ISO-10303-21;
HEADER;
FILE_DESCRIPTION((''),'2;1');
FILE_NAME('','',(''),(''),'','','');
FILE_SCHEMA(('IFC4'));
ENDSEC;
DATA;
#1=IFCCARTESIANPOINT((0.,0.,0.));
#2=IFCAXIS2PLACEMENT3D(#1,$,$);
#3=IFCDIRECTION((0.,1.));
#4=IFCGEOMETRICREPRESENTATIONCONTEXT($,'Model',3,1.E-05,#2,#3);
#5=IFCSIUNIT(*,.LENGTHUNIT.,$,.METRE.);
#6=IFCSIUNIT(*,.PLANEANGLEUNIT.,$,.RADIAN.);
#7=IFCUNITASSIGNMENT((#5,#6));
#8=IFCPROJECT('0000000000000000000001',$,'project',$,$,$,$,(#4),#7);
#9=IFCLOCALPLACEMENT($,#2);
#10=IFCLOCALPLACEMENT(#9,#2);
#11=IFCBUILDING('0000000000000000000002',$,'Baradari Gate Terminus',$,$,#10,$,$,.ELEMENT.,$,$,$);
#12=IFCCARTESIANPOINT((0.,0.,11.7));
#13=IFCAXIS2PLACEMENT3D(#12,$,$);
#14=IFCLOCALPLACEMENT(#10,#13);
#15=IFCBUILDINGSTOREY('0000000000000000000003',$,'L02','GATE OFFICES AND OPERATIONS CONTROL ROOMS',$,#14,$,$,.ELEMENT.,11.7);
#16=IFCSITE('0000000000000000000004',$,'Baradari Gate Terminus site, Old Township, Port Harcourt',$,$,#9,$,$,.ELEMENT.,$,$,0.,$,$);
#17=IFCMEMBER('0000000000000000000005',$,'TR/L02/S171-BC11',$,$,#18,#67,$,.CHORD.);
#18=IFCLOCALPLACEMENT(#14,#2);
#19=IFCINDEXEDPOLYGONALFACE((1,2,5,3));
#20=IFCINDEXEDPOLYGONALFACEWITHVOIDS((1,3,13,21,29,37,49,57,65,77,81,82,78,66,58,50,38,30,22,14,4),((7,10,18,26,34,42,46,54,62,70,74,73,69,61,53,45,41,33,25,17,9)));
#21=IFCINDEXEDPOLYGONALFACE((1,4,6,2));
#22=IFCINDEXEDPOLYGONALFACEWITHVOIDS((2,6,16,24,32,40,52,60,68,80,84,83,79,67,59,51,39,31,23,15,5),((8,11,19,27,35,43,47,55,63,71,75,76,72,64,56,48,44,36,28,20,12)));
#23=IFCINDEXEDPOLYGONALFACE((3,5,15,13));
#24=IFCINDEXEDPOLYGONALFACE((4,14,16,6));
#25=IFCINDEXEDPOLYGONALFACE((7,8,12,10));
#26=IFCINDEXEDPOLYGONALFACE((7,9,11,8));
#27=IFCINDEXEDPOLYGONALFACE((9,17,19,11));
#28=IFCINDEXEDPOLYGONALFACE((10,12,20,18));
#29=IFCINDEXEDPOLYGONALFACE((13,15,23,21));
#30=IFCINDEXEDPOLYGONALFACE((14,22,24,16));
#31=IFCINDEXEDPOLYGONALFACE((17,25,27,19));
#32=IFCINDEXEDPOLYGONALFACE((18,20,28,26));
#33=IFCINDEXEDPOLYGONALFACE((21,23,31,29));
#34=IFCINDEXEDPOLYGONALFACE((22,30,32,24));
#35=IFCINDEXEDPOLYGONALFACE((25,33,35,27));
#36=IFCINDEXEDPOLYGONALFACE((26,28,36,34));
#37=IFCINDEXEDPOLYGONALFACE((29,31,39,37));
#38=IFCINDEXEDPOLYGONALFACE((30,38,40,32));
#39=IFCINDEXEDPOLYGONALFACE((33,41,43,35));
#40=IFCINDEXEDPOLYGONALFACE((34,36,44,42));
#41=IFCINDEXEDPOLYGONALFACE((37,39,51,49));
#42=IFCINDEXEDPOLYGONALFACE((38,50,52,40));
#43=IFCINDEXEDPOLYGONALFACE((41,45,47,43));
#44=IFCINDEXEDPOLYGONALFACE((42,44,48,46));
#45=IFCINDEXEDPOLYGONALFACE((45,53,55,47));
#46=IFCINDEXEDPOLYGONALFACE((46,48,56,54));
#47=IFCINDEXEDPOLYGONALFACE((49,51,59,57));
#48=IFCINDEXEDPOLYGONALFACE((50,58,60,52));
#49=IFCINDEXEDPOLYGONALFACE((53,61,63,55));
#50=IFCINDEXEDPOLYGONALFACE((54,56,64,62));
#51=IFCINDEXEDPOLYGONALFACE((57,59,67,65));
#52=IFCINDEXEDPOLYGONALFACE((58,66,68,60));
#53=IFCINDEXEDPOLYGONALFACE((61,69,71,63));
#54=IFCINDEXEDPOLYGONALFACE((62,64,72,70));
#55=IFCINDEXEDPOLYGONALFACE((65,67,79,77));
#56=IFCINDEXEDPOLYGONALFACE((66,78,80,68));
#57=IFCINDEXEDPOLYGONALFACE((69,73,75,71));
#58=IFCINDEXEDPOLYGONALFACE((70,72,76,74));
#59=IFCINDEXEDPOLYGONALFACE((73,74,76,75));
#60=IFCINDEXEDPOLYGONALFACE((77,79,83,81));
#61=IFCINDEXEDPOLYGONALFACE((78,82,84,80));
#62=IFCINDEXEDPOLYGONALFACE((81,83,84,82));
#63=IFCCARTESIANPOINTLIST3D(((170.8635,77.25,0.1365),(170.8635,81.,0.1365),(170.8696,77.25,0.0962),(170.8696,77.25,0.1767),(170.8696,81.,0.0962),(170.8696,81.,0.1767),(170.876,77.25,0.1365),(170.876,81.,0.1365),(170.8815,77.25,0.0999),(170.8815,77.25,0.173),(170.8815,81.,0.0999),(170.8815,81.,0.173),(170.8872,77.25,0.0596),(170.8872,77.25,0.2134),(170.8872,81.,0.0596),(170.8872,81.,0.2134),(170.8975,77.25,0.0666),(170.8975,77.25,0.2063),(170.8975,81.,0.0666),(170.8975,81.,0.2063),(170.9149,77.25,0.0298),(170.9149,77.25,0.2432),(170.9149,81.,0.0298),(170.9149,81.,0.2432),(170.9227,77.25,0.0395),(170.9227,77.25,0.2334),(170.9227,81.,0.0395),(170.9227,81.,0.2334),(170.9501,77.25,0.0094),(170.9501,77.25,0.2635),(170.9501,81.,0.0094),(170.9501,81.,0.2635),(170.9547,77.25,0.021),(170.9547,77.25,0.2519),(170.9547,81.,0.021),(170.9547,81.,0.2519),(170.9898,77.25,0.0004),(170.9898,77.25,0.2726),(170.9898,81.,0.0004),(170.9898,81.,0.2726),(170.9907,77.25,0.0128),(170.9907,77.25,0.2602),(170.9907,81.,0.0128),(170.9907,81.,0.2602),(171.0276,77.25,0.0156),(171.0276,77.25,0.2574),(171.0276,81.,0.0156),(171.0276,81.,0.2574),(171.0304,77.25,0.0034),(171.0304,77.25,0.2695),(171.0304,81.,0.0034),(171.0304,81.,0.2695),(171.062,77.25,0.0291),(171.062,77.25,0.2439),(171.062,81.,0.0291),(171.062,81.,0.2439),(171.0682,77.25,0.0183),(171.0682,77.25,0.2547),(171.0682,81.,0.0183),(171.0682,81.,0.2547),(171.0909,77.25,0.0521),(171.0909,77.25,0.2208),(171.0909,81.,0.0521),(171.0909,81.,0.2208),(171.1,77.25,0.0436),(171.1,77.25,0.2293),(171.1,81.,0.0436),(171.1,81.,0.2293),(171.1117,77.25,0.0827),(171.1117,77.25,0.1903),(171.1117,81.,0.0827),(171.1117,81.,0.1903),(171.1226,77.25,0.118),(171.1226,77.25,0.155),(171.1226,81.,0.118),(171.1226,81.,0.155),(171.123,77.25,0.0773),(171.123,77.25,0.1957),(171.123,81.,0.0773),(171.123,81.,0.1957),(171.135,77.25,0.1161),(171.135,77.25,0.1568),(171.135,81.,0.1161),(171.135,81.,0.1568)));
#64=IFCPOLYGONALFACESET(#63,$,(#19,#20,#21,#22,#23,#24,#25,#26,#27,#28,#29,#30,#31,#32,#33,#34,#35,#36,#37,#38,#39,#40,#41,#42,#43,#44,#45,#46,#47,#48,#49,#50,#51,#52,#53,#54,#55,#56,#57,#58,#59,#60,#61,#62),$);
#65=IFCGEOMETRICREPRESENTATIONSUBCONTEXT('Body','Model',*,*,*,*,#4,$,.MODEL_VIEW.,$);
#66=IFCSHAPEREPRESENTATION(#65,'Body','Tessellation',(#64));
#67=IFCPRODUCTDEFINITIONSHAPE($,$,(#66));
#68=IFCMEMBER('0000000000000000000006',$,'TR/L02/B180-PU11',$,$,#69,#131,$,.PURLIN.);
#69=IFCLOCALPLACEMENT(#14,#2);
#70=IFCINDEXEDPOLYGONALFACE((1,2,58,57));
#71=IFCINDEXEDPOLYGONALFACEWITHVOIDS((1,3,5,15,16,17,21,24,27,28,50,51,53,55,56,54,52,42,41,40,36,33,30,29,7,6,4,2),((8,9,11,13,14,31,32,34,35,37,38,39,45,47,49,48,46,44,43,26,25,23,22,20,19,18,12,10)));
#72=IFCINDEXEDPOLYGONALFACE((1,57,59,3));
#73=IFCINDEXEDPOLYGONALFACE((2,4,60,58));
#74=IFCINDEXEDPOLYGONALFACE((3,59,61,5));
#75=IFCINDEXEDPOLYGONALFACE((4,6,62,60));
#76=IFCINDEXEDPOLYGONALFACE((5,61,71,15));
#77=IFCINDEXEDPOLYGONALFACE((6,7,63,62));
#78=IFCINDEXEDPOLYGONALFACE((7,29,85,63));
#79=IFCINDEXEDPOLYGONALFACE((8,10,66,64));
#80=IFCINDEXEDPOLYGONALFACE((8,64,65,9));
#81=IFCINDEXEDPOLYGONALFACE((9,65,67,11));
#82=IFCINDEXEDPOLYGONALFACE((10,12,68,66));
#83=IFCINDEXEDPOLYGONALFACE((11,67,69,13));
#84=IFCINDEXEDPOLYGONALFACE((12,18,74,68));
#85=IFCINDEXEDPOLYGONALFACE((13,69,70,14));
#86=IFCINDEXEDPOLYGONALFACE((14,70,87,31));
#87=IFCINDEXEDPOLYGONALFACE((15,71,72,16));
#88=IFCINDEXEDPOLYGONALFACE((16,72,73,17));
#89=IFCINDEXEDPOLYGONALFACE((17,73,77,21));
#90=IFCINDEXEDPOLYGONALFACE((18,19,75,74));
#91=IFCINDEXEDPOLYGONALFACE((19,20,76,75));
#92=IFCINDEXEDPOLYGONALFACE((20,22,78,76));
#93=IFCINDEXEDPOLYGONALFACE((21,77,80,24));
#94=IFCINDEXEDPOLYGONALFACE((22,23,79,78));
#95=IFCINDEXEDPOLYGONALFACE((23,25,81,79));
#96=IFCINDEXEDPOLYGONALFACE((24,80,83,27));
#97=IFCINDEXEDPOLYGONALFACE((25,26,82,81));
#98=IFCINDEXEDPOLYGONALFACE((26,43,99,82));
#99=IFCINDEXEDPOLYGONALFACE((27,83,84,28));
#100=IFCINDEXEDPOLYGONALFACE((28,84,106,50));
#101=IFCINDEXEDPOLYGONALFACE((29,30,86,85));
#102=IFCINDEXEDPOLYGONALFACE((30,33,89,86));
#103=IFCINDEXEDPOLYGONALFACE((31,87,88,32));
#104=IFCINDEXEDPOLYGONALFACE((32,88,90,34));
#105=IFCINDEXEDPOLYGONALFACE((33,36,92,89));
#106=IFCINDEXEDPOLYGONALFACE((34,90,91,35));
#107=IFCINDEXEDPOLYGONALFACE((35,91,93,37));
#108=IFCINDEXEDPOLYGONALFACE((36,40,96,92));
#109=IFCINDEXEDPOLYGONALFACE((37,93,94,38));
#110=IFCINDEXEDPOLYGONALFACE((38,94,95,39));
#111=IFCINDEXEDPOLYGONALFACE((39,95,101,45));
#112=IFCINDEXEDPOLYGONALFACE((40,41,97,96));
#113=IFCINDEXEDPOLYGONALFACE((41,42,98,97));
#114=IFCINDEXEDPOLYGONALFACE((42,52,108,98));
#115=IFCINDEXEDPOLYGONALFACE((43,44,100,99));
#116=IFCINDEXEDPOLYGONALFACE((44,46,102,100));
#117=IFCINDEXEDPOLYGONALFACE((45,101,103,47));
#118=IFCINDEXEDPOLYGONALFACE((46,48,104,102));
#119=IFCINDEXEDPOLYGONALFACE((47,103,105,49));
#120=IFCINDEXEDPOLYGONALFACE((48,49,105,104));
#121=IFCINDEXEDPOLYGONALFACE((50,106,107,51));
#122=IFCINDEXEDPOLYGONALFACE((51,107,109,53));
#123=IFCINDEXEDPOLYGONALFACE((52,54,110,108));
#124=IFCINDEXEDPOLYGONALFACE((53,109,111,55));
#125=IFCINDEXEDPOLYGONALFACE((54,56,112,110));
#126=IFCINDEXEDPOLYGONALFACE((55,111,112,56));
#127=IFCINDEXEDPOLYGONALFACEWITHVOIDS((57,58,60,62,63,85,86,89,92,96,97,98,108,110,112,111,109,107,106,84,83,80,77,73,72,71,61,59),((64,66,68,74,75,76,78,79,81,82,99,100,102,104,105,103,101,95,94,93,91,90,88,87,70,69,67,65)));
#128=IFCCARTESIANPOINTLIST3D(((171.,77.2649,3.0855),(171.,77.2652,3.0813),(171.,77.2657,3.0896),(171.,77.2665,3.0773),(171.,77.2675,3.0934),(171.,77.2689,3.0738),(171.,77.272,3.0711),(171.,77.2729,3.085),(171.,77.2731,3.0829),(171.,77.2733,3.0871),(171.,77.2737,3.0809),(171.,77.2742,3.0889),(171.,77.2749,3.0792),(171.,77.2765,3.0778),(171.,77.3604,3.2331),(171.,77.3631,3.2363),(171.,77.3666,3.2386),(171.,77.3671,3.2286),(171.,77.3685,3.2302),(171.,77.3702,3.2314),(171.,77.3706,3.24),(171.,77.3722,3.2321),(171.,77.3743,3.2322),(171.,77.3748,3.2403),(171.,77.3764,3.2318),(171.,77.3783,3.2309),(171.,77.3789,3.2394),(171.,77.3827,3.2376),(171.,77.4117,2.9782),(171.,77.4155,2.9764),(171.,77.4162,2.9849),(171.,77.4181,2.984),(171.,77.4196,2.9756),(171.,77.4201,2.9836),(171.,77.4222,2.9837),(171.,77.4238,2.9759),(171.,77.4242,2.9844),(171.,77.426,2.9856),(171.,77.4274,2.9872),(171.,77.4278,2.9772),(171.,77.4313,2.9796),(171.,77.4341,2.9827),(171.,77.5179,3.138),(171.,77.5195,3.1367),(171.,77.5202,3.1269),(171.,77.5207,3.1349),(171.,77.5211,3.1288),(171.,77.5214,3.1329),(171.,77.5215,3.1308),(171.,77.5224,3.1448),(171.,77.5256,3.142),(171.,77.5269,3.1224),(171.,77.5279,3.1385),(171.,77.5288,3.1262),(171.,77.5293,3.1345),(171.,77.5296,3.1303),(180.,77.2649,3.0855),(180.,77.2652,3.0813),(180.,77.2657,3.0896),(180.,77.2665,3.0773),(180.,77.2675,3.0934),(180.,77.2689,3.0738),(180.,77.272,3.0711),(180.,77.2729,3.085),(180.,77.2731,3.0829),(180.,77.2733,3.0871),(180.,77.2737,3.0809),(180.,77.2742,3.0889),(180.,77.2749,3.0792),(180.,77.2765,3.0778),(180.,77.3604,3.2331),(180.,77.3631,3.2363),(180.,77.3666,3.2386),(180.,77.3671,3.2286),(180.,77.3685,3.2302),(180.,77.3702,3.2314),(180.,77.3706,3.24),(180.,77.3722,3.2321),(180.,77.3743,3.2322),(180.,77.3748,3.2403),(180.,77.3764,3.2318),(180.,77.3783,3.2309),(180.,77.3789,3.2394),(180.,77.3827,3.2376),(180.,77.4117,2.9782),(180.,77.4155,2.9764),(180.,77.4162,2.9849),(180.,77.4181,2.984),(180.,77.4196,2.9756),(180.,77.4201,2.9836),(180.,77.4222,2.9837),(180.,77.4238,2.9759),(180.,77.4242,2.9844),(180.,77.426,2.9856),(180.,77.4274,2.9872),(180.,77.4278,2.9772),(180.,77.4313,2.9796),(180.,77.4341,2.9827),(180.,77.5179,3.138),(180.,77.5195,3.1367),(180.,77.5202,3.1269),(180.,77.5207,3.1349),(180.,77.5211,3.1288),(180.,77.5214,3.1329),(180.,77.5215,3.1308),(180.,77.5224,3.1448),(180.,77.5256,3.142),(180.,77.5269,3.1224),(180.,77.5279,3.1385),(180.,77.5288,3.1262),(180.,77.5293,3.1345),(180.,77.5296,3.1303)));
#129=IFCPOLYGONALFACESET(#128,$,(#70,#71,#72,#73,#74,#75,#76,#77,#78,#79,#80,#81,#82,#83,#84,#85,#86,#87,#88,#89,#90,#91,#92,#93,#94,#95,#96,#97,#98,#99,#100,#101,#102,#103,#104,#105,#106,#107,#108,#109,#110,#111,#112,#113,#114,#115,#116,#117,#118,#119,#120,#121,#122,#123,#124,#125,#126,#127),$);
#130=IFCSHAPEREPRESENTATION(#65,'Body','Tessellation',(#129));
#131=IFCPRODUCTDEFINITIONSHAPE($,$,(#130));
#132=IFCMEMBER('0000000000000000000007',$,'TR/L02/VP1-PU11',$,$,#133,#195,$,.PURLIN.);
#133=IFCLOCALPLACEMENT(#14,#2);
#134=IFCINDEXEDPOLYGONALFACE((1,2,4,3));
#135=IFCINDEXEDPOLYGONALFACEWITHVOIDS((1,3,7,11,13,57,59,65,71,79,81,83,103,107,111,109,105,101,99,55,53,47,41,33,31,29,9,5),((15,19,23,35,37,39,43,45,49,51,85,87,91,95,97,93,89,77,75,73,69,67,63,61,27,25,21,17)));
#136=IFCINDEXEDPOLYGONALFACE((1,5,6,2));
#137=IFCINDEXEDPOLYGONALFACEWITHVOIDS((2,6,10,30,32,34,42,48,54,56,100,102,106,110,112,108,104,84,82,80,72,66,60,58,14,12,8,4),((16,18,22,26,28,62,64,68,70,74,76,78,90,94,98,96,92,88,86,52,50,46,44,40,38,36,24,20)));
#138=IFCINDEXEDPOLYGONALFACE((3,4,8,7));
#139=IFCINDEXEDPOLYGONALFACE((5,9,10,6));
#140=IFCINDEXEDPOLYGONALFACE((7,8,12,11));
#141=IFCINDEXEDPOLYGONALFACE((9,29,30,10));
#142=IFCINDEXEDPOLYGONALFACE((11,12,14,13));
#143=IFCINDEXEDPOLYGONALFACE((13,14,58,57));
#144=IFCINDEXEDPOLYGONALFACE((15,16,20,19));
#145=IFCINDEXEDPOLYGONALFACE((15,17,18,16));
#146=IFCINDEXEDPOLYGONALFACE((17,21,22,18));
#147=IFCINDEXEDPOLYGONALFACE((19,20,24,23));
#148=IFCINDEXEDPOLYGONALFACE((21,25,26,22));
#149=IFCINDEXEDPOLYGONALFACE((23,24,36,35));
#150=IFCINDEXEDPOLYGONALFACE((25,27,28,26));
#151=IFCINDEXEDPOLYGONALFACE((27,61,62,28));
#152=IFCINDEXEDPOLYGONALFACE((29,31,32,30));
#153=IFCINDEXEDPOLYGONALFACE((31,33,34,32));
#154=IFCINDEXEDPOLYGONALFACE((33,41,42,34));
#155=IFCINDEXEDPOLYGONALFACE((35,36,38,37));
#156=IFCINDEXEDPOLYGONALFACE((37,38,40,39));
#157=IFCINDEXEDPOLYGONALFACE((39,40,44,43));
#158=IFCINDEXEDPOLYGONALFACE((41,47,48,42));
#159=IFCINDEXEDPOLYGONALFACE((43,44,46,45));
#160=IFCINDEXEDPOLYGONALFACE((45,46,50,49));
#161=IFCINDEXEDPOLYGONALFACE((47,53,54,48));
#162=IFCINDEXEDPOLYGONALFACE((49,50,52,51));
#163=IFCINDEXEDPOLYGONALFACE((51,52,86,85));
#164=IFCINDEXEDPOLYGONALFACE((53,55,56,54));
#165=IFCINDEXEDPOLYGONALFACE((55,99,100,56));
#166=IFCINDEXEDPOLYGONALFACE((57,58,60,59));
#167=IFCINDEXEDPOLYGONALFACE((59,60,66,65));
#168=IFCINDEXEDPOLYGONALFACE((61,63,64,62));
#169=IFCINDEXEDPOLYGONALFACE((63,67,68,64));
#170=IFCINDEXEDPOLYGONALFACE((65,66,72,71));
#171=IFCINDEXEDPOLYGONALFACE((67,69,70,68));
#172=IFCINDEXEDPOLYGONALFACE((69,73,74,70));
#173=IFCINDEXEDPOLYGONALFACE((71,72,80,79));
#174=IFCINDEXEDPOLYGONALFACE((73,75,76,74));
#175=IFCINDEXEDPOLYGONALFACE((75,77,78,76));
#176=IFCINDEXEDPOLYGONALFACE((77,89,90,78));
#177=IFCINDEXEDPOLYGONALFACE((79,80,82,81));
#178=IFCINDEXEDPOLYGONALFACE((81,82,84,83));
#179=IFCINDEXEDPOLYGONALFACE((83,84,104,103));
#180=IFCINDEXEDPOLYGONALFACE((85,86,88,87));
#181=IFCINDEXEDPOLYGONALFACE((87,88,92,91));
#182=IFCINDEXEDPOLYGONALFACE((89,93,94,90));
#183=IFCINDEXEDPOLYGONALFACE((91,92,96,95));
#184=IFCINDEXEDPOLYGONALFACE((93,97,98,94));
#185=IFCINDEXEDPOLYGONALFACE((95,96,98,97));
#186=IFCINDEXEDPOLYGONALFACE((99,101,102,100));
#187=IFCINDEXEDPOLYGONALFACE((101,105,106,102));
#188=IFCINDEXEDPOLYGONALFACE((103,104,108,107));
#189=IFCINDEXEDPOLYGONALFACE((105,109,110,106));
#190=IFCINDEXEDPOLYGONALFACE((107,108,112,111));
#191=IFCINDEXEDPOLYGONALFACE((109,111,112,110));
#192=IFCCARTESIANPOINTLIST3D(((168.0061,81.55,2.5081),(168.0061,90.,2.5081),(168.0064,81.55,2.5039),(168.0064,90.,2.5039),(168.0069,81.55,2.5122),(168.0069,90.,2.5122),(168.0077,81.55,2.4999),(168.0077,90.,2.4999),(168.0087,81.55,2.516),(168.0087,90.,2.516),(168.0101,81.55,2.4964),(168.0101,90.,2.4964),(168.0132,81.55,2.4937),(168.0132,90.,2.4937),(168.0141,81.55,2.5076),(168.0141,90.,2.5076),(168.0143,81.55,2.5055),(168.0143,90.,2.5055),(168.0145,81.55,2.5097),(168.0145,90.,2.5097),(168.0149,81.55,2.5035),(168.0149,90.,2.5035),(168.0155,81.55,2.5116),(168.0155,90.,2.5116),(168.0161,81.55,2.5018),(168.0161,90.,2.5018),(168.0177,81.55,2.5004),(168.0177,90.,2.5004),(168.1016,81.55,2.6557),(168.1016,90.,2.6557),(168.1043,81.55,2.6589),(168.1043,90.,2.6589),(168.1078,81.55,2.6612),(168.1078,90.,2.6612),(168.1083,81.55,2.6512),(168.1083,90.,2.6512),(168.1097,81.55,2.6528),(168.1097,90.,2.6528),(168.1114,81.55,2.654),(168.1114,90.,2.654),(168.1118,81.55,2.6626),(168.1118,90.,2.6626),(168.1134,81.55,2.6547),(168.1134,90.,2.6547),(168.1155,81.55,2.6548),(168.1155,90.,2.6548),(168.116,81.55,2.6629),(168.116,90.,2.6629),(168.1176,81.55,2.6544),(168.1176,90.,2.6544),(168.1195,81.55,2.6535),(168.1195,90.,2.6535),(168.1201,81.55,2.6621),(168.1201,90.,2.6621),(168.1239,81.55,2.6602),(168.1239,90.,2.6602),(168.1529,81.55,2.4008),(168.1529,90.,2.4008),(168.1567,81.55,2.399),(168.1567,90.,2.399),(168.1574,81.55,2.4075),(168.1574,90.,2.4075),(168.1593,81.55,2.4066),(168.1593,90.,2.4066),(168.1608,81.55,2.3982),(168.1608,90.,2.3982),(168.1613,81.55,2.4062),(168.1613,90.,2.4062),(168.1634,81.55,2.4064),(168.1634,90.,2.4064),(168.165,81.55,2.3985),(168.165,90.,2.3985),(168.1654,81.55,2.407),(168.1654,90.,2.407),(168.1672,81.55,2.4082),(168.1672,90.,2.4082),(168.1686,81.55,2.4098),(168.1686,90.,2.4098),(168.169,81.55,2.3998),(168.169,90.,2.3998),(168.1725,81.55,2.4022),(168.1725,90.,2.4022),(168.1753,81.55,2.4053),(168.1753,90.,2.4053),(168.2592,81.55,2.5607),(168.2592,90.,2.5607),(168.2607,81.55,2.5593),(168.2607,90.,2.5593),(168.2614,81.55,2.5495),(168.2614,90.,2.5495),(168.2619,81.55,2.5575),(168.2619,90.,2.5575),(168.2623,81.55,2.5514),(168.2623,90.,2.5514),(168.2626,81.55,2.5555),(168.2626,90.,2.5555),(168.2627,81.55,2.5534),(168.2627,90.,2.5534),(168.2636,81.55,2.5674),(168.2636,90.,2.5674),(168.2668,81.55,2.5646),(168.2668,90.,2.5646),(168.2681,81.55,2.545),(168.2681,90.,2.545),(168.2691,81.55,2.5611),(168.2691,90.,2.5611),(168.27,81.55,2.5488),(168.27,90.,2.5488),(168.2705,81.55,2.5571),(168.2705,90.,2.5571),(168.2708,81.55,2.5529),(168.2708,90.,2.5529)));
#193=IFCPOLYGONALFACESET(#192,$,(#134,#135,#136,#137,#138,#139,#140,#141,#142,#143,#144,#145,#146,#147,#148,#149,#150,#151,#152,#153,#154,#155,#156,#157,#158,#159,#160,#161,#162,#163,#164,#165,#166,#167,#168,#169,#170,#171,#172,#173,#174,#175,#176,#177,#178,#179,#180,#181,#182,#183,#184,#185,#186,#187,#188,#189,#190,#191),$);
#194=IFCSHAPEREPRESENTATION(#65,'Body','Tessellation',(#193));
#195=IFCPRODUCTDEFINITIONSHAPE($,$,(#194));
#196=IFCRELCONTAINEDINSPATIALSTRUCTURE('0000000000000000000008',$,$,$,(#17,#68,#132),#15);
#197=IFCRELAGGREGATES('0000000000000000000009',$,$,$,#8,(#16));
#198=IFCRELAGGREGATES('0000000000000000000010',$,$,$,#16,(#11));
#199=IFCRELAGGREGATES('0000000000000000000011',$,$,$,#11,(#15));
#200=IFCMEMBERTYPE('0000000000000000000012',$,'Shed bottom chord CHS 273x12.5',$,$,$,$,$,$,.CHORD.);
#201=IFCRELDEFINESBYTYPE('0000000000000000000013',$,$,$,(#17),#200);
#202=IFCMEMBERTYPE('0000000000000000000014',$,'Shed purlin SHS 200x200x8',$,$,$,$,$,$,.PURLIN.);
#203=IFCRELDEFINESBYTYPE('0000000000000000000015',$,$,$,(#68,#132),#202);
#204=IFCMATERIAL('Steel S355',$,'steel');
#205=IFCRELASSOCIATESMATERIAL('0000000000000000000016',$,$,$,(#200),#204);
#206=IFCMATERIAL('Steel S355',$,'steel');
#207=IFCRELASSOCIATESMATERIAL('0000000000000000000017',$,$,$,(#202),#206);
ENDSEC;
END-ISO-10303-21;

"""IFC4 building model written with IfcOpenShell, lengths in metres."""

from ifc_helpers import new_model, si_unit, direction, frame, origin, origin_2d, place, context, subcontext, project, spatial, hollow_rectangle, hollow_circle, extrude, material, material_profile, profile_set, type_object, element, save


model = new_model("IFC4")

# Units and contexts
model_context = context("Model", 3, precision=1e-05, world=origin(), true_north=direction((0.0, 1.0)))
body_context = subcontext(model_context, "Body", "Model", "MODEL_VIEW")
ifc_project = project(units=[si_unit("LENGTHUNIT", "METRE"), si_unit("PLANEANGLEUNIT", "RADIAN")], contexts=[model_context])

# Site, building, storey
site_placement = place(None, origin())
site = spatial("IfcSite", under=ifc_project, at=site_placement, Name="Baradari Gate Terminus site, Old Township, Port Harcourt", CompositionType="ELEMENT", RefElevation=0.0)
building_placement = place(site_placement, origin())
building = spatial("IfcBuilding", under=site, at=building_placement, Name="Baradari Gate Terminus", CompositionType="ELEMENT")
storey_placement = place(building_placement, frame((0.0, 0.0, 11.7)))
storey = spatial("IfcBuildingStorey", under=building, at=storey_placement, Name="L02", Description="GATE OFFICES AND OPERATIONS CONTROL ROOMS", CompositionType="ELEMENT", Elevation=11.7)

# Members
ifc_material_1 = material(Name="Steel S355", Category="steel")
ifc_material_profile_1 = material_profile(ifc_material_1, hollow_circle(Radius=0.1365, WallThickness=0.0125, at=origin_2d()), Name="CHS 273x12.5")
ifc_profile_set_1 = profile_set([ifc_material_profile_1], Name="Steel S355")
member_type_1 = type_object("IfcMemberType", Name="Shed bottom chord CHS 273x12.5", PredefinedType="CHORD", material=ifc_profile_set_1)
member_1_placement = place(storey_placement, frame((171.0, 77.25, 0.1365), z_axis=(0.0, 1.0, 0.0), x_axis=(-1.0, 0.0, 0.0)))
element("IfcMember", 1, at=member_1_placement, inside=storey, type_object=member_type_1, Name="TR/L02/S171-BC11", PredefinedType="CHORD", context=body_context, shape_type="SweptSolid", body=[
    extrude(hollow_circle(Radius=0.1365, WallThickness=0.0125, at=origin_2d()), origin(), (0.0, 0.0, 1.0), 3.75),
])
ifc_material_2 = material(Name="Steel S355", Category="steel")
ifc_material_profile_2 = material_profile(ifc_material_2, hollow_rectangle(XDim=0.2, YDim=0.2, WallThickness=0.0081, InnerFilletRadius=0.0081, OuterFilletRadius=0.0161, at=origin_2d()), Name="SHS 200x200x8")
ifc_profile_set_2 = profile_set([ifc_material_profile_2], Name="Steel S355")
member_type_2 = type_object("IfcMemberType", Name="Shed purlin SHS 200x200x8", PredefinedType="PURLIN", material=ifc_profile_set_2)
member_2_placement = place(storey_placement, frame((171.0, 77.3972, 3.1079), z_axis=(1.0, 0.0, 0.0), x_axis=(0.0, 0.832836, -0.553519)))
element("IfcMember", 2, at=member_2_placement, inside=storey, type_object=member_type_2, Name="TR/L02/B180-PU11", PredefinedType="PURLIN", context=body_context, shape_type="SweptSolid", body=[
    extrude(hollow_rectangle(XDim=0.2, YDim=0.2, WallThickness=0.0081, InnerFilletRadius=0.0081, OuterFilletRadius=0.0161, at=origin_2d()), origin(), (0.0, 0.0, 1.0), 9.0),
])
member_3_placement = place(storey_placement, frame((168.1384, 81.55, 2.5305), z_axis=(0.0, 1.0, 0.0), x_axis=(-0.832836, 0.0, 0.553519)))
element("IfcMember", 3, at=member_3_placement, inside=storey, type_object=member_type_2, Name="TR/L02/VP1-PU11", PredefinedType="PURLIN", context=body_context, shape_type="SweptSolid", body=[
    extrude(hollow_rectangle(XDim=0.2, YDim=0.2, WallThickness=0.0081, InnerFilletRadius=0.0081, OuterFilletRadius=0.0161, at=origin_2d()), origin(), (0.0, 0.0, 1.0), 8.45),
])

save(model, "model.ifc")
